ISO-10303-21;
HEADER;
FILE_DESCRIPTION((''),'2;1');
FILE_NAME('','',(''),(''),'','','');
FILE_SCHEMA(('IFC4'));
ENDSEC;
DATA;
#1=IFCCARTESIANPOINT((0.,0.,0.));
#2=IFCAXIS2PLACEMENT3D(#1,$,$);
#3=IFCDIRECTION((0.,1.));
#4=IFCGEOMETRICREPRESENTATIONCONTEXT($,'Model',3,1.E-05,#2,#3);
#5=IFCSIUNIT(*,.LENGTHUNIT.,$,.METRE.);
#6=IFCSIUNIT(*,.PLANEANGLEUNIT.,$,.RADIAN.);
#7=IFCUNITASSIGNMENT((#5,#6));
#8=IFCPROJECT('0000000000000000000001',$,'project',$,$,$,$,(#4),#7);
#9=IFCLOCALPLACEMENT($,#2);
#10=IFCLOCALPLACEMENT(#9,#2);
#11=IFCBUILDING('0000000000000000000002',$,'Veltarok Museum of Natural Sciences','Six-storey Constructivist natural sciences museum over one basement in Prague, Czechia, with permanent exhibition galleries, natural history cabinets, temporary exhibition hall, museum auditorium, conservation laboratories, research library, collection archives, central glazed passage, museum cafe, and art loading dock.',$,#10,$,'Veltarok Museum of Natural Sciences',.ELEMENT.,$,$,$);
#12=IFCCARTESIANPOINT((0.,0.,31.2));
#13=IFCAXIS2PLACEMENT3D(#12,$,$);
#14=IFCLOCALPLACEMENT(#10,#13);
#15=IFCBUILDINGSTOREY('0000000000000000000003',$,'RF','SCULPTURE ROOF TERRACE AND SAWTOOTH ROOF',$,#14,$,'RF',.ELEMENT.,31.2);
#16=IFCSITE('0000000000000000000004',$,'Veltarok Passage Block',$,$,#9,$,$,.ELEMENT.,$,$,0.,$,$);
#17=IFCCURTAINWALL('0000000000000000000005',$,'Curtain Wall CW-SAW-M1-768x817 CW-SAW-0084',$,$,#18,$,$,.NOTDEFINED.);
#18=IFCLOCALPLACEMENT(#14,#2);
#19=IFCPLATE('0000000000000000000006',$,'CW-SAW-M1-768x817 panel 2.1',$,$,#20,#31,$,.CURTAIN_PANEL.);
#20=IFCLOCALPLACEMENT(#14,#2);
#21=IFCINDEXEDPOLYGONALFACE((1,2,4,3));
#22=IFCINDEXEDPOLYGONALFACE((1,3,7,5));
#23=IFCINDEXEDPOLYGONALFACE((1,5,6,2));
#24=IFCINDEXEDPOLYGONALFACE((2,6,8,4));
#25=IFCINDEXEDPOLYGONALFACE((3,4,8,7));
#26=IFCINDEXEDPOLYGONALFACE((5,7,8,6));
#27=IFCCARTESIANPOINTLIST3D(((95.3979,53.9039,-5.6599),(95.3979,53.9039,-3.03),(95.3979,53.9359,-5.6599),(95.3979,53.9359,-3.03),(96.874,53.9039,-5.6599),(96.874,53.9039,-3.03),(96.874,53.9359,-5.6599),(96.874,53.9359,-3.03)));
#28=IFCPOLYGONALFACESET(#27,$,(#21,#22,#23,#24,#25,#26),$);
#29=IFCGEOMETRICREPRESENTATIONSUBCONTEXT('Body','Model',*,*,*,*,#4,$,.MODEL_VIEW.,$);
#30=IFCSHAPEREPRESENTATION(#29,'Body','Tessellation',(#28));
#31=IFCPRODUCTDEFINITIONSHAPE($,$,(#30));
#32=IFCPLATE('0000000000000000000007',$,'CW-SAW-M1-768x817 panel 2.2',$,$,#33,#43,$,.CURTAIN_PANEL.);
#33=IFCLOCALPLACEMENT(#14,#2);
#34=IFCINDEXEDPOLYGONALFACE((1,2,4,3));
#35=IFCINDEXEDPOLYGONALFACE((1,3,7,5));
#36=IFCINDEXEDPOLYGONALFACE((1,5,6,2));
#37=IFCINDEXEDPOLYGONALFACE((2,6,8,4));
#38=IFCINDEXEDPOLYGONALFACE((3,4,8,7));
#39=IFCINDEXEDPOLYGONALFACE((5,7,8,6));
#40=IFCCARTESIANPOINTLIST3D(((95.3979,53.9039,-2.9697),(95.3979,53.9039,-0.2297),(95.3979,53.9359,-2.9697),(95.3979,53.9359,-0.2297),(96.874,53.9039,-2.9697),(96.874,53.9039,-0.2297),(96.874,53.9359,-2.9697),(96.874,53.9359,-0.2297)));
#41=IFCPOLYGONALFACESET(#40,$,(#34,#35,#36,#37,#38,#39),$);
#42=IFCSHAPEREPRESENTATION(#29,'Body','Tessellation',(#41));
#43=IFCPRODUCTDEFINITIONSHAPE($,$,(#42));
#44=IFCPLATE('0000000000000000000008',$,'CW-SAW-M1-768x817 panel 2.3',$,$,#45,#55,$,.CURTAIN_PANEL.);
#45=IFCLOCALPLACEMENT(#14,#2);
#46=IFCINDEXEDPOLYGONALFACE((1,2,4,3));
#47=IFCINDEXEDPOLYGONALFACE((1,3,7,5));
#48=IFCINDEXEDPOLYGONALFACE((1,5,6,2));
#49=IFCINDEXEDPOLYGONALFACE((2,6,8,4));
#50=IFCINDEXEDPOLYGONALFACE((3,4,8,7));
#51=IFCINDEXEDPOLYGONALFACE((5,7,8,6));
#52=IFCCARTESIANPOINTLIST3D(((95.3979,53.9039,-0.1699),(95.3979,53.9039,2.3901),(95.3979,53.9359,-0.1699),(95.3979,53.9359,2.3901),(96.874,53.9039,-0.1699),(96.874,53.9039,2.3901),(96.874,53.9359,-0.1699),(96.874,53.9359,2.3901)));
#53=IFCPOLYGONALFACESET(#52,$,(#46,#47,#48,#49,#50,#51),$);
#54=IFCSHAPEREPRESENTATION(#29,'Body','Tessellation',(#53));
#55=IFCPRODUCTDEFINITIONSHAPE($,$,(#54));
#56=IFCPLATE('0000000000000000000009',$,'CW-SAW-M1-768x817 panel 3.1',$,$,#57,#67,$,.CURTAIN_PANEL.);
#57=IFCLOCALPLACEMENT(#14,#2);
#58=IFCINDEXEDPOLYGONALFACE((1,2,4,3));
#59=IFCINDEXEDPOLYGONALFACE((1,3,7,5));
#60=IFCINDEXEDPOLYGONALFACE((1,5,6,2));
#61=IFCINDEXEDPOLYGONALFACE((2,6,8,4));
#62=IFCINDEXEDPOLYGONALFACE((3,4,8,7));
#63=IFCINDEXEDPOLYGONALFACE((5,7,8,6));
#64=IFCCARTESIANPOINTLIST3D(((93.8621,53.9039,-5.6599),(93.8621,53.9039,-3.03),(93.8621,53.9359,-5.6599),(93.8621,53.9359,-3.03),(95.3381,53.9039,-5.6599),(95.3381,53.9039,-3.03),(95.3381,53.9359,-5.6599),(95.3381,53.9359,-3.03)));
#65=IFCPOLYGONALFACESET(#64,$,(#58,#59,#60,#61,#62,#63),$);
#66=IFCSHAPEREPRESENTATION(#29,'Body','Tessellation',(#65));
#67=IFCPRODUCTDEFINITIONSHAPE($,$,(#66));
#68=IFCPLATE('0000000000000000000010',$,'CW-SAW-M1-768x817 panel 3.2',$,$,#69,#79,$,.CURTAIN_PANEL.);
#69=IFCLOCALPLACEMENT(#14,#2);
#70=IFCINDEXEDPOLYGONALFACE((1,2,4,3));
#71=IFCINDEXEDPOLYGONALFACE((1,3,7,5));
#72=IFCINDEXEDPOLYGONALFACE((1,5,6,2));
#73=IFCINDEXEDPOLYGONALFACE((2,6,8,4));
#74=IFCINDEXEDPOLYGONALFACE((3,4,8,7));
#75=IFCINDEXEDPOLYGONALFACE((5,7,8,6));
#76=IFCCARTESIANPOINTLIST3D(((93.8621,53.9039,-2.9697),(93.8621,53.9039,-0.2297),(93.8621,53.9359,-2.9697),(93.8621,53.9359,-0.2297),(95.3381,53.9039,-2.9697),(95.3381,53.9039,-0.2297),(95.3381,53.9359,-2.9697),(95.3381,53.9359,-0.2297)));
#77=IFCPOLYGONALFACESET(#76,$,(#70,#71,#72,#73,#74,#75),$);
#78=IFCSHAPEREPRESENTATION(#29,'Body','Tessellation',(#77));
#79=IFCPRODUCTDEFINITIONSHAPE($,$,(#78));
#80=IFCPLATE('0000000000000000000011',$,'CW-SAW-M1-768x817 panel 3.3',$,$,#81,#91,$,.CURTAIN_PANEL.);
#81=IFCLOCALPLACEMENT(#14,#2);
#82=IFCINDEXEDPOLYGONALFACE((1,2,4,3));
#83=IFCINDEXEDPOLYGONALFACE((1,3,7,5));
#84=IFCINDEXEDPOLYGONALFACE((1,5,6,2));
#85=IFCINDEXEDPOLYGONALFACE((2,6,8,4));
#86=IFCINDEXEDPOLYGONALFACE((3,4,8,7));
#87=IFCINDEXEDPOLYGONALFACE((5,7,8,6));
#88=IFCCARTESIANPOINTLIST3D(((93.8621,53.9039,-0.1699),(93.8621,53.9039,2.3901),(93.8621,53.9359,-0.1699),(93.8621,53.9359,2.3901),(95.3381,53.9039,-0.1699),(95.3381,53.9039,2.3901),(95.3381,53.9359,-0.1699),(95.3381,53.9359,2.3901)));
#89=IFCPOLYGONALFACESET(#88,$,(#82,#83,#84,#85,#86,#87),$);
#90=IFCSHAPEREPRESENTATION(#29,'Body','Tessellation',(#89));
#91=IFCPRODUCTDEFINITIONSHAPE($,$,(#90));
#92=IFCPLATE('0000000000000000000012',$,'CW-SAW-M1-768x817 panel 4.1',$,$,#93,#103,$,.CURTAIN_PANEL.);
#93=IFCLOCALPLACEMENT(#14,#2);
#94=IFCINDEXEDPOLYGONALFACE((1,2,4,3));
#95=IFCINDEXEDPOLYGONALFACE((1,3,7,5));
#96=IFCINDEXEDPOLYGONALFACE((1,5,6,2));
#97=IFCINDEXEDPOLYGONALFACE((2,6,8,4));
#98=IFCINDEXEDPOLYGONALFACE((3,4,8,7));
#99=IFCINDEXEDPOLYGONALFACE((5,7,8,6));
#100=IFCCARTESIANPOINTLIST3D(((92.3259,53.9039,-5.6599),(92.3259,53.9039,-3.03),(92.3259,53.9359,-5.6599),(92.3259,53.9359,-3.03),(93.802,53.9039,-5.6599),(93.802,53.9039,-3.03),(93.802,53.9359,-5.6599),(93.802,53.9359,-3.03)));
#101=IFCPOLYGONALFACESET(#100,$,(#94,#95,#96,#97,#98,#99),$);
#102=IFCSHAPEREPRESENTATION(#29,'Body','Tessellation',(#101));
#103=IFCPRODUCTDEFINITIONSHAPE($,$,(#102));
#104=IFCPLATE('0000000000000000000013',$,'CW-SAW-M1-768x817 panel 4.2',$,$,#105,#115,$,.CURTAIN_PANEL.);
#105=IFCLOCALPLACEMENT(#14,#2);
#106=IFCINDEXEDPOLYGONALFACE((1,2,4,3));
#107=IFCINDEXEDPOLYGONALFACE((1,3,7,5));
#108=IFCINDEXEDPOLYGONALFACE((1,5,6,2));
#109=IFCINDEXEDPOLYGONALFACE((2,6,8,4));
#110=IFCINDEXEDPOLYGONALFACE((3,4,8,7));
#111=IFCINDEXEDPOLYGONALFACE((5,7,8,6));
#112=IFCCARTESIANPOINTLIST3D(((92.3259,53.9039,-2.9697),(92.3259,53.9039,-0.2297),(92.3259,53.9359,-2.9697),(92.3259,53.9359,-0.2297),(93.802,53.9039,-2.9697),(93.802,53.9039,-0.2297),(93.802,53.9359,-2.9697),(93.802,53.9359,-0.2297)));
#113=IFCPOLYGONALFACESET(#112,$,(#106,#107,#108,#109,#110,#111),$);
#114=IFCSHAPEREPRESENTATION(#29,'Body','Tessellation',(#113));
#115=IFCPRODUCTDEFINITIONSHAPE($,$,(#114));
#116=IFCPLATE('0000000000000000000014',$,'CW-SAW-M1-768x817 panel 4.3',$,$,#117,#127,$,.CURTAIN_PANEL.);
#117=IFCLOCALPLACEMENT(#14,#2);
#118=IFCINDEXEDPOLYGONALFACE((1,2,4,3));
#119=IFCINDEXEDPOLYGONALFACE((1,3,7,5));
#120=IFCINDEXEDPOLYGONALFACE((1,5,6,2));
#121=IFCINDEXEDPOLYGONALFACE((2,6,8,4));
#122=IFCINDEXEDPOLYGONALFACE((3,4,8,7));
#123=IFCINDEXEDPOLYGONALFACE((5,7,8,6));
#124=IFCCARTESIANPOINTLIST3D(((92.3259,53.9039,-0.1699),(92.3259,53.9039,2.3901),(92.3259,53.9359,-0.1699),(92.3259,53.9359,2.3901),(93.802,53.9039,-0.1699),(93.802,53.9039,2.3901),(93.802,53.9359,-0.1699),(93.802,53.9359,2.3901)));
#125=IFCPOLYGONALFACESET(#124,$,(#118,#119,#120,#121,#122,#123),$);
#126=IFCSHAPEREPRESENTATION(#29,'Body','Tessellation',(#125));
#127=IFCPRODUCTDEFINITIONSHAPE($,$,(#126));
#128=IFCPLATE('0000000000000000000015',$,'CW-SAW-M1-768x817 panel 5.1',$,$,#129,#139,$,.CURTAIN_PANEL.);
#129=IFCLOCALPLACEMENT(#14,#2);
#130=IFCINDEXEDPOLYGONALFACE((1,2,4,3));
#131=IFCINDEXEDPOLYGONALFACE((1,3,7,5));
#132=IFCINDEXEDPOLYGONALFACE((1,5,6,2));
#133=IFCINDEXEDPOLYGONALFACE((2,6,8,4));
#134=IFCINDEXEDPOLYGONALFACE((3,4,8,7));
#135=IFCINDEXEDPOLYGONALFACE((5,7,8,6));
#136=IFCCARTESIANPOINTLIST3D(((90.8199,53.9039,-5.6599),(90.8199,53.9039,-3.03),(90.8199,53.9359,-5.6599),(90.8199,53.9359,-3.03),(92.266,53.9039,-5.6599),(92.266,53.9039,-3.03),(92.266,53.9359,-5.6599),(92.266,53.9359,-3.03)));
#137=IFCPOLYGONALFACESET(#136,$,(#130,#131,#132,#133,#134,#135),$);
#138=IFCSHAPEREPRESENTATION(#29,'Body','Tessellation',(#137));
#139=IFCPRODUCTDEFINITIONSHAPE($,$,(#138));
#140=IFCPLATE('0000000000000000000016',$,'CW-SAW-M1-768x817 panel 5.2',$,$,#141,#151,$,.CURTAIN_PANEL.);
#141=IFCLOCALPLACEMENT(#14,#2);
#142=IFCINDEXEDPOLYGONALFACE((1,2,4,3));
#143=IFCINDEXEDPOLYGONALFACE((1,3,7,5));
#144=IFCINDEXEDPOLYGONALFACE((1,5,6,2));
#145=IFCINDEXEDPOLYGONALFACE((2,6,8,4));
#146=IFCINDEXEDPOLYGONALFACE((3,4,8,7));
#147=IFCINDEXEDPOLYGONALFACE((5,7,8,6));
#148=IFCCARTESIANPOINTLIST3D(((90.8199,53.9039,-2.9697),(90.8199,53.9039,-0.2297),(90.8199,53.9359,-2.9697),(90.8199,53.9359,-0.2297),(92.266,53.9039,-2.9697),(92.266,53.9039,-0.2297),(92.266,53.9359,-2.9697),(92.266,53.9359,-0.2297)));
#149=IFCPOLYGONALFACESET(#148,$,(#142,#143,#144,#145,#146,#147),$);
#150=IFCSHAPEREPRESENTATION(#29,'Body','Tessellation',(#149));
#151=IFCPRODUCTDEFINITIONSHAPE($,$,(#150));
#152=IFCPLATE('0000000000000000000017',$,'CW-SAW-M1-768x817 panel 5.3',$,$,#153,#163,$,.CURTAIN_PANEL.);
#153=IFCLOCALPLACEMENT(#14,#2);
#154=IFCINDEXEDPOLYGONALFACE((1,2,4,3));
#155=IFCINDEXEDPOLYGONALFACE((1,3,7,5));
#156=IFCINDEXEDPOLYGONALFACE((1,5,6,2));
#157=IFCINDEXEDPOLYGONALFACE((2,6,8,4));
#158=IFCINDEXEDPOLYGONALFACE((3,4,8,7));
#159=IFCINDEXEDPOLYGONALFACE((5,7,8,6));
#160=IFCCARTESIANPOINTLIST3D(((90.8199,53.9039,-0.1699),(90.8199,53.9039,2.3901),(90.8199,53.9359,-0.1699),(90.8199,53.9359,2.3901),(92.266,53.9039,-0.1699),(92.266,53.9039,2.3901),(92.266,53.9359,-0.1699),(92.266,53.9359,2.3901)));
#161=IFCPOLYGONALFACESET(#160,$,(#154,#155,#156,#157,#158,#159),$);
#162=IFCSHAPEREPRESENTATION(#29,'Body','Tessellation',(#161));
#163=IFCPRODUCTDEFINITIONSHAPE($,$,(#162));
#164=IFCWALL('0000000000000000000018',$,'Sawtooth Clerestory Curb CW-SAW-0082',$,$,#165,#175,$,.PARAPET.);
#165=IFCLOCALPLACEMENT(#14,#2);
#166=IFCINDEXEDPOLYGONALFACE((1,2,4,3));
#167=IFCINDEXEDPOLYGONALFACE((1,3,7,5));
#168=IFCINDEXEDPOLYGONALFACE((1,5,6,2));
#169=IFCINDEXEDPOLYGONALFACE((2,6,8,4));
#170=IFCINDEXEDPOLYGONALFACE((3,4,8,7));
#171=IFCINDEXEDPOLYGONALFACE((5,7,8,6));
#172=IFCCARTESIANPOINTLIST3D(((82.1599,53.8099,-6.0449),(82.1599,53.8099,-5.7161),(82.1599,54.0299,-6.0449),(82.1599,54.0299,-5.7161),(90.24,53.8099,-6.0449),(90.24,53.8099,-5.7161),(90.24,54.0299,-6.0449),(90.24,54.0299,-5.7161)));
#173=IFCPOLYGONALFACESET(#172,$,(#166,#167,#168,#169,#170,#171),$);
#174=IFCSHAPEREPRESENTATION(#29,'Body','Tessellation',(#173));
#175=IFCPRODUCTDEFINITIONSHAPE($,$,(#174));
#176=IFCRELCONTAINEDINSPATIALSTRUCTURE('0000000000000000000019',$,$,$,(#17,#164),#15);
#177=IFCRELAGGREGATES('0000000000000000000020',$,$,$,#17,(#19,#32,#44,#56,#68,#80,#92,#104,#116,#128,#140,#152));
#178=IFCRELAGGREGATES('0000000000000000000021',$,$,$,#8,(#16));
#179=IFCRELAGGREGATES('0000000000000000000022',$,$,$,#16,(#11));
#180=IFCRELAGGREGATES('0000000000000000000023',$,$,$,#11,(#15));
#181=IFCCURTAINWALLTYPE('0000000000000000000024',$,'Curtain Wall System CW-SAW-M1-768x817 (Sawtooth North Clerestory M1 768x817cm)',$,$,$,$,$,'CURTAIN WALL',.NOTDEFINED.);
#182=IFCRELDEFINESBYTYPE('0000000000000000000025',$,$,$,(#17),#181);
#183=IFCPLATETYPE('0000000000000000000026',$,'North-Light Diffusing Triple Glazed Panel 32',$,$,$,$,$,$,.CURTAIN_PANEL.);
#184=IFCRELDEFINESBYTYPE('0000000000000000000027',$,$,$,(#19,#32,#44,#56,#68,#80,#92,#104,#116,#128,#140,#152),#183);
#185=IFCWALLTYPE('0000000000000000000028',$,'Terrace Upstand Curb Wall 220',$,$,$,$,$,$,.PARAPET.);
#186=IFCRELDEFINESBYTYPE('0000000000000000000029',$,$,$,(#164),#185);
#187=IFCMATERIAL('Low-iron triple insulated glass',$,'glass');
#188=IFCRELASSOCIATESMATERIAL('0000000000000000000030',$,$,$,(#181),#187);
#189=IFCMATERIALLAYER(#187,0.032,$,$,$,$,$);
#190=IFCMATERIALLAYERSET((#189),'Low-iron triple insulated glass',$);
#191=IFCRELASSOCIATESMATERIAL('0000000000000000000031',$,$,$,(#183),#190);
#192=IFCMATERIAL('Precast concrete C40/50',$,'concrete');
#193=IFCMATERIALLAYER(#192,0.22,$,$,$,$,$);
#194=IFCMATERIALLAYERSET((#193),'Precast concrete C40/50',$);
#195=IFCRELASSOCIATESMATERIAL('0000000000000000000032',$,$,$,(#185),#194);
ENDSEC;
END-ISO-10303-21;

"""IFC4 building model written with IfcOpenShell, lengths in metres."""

from ifc_helpers import new_model, si_unit, direction, frame, frame_2d, origin, origin_2d, place, context, subcontext, project, spatial, rectangle, extrude, material, layer, layer_set, type_object, element, aggregate, save


model = new_model("IFC4")

# Units and contexts
model_context = context("Model", 3, precision=1e-05, world=origin(), true_north=direction((0.0, 1.0)))
body_context = subcontext(model_context, "Body", "Model", "MODEL_VIEW")
ifc_project = project(units=[si_unit("LENGTHUNIT", "METRE"), si_unit("PLANEANGLEUNIT", "RADIAN")], contexts=[model_context])

# Site, building, storey
site_placement = place(None, origin())
site = spatial("IfcSite", under=ifc_project, at=site_placement, Name="Veltarok Passage Block", CompositionType="ELEMENT", RefElevation=0.0)
building_placement = place(site_placement, origin())
building = spatial("IfcBuilding", under=site, at=building_placement, Name="Veltarok Museum of Natural Sciences", Description="Six-storey Constructivist natural sciences museum over one basement in Prague, Czechia, with permanent exhibition galleries, natural history cabinets, temporary exhibition hall, museum auditorium, conservation laboratories, research library, collection archives, central glazed passage, museum cafe, and art loading dock.", LongName="Veltarok Museum of Natural Sciences", CompositionType="ELEMENT")
storey_placement = place(building_placement, frame((0.0, 0.0, 31.2)))
storey = spatial("IfcBuildingStorey", under=building, at=storey_placement, Name="RF", Description="SCULPTURE ROOF TERRACE AND SAWTOOTH ROOF", LongName="RF", CompositionType="ELEMENT", Elevation=31.2)

# Shared definitions
ifc_material_1 = material(Name="Low-iron triple insulated glass", Category="glass")
curtain_wall_type = type_object("IfcCurtainWallType", Name="Curtain Wall System CW-SAW-M1-768x817 (Sawtooth North Clerestory M1 768x817cm)", ElementType="CURTAIN WALL", PredefinedType="NOTDEFINED", material=ifc_material_1)

# Curtain wall
curtain_wall_1_placement = place(storey_placement, origin())
curtain_wall_1 = element("IfcCurtainWall", 1, at=curtain_wall_1_placement, inside=storey, type_object=curtain_wall_type, Name="Curtain Wall CW-SAW-M1-768x817 CW-SAW-0084", PredefinedType="NOTDEFINED")

# Plates
ifc_layer_1 = layer(ifc_material_1, 0.032)
ifc_layer_set_1 = layer_set([ifc_layer_1], Name="Low-iron triple insulated glass")
plate_type = type_object("IfcPlateType", Name="North-Light Diffusing Triple Glazed Panel 32", PredefinedType="CURTAIN_PANEL", material=ifc_layer_set_1)
plate_1_placement = place(storey_placement, frame((96.136, 53.9199, -5.6599), z_axis=(0.0, 0.0, 1.0), x_axis=(-1.0, 0.0, 0.0)))
plate_1 = element("IfcPlate", 2, at=plate_1_placement, type_object=plate_type, Name="CW-SAW-M1-768x817 panel 2.1", PredefinedType="CURTAIN_PANEL", context=body_context, shape_type="SweptSolid", body=[
    extrude(rectangle(XDim=1.4761, YDim=0.032, at=origin_2d()), origin(), (0.0, 0.0, 1.0), 2.6299),
])
plate_2_placement = place(storey_placement, frame((96.136, 53.9199, -2.9697), z_axis=(0.0, 0.0, 1.0), x_axis=(-1.0, 0.0, 0.0)))
plate_2 = element("IfcPlate", 3, at=plate_2_placement, type_object=plate_type, Name="CW-SAW-M1-768x817 panel 2.2", PredefinedType="CURTAIN_PANEL", context=body_context, shape_type="SweptSolid", body=[
    extrude(rectangle(XDim=1.4761, YDim=0.032, at=origin_2d()), origin(), (0.0, 0.0, 1.0), 2.74),
])
plate_3_placement = place(storey_placement, frame((96.136, 53.9199, -0.1699), z_axis=(0.0, 0.0, 1.0), x_axis=(-1.0, 0.0, 0.0)))
plate_3 = element("IfcPlate", 4, at=plate_3_placement, type_object=plate_type, Name="CW-SAW-M1-768x817 panel 2.3", PredefinedType="CURTAIN_PANEL", context=body_context, shape_type="SweptSolid", body=[
    extrude(rectangle(XDim=1.4761, YDim=0.032, at=origin_2d()), origin(), (0.0, 0.0, 1.0), 2.5601),
])
plate_4_placement = place(storey_placement, frame((94.6001, 53.9199, -5.6599), z_axis=(0.0, 0.0, 1.0), x_axis=(-1.0, 0.0, 0.0)))
plate_4 = element("IfcPlate", 5, at=plate_4_placement, type_object=plate_type, Name="CW-SAW-M1-768x817 panel 3.1", PredefinedType="CURTAIN_PANEL", context=body_context, shape_type="SweptSolid", body=[
    extrude(rectangle(XDim=1.4761, YDim=0.032, at=origin_2d()), origin(), (0.0, 0.0, 1.0), 2.6299),
])
plate_5_placement = place(storey_placement, frame((94.6001, 53.9199, -2.9697), z_axis=(0.0, 0.0, 1.0), x_axis=(-1.0, 0.0, 0.0)))
plate_5 = element("IfcPlate", 6, at=plate_5_placement, type_object=plate_type, Name="CW-SAW-M1-768x817 panel 3.2", PredefinedType="CURTAIN_PANEL", context=body_context, shape_type="SweptSolid", body=[
    extrude(rectangle(XDim=1.4761, YDim=0.032, at=origin_2d()), origin(), (0.0, 0.0, 1.0), 2.74),
])
plate_6_placement = place(storey_placement, frame((94.6001, 53.9199, -0.1699), z_axis=(0.0, 0.0, 1.0), x_axis=(-1.0, 0.0, 0.0)))
plate_6 = element("IfcPlate", 7, at=plate_6_placement, type_object=plate_type, Name="CW-SAW-M1-768x817 panel 3.3", PredefinedType="CURTAIN_PANEL", context=body_context, shape_type="SweptSolid", body=[
    extrude(rectangle(XDim=1.4761, YDim=0.032, at=origin_2d()), origin(), (0.0, 0.0, 1.0), 2.5601),
])
plate_7_placement = place(storey_placement, frame((93.064, 53.9199, -5.6599), z_axis=(0.0, 0.0, 1.0), x_axis=(-1.0, 0.0, 0.0)))
plate_7 = element("IfcPlate", 8, at=plate_7_placement, type_object=plate_type, Name="CW-SAW-M1-768x817 panel 4.1", PredefinedType="CURTAIN_PANEL", context=body_context, shape_type="SweptSolid", body=[
    extrude(rectangle(XDim=1.4761, YDim=0.032, at=origin_2d()), origin(), (0.0, 0.0, 1.0), 2.6299),
])
plate_8_placement = place(storey_placement, frame((93.064, 53.9199, -2.9697), z_axis=(0.0, 0.0, 1.0), x_axis=(-1.0, 0.0, 0.0)))
plate_8 = element("IfcPlate", 9, at=plate_8_placement, type_object=plate_type, Name="CW-SAW-M1-768x817 panel 4.2", PredefinedType="CURTAIN_PANEL", context=body_context, shape_type="SweptSolid", body=[
    extrude(rectangle(XDim=1.4761, YDim=0.032, at=origin_2d()), origin(), (0.0, 0.0, 1.0), 2.74),
])
plate_9_placement = place(storey_placement, frame((93.064, 53.9199, -0.1699), z_axis=(0.0, 0.0, 1.0), x_axis=(-1.0, 0.0, 0.0)))
plate_9 = element("IfcPlate", 10, at=plate_9_placement, type_object=plate_type, Name="CW-SAW-M1-768x817 panel 4.3", PredefinedType="CURTAIN_PANEL", context=body_context, shape_type="SweptSolid", body=[
    extrude(rectangle(XDim=1.4761, YDim=0.032, at=origin_2d()), origin(), (0.0, 0.0, 1.0), 2.5601),
])
plate_10_placement = place(storey_placement, frame((91.543, 53.9199, -5.6599), z_axis=(0.0, 0.0, 1.0), x_axis=(-1.0, 0.0, 0.0)))
plate_10 = element("IfcPlate", 11, at=plate_10_placement, type_object=plate_type, Name="CW-SAW-M1-768x817 panel 5.1", PredefinedType="CURTAIN_PANEL", context=body_context, shape_type="SweptSolid", body=[
    extrude(rectangle(XDim=1.446, YDim=0.032, at=origin_2d()), origin(), (0.0, 0.0, 1.0), 2.6299),
])
plate_11_placement = place(storey_placement, frame((91.543, 53.9199, -2.9697), z_axis=(0.0, 0.0, 1.0), x_axis=(-1.0, 0.0, 0.0)))
plate_11 = element("IfcPlate", 12, at=plate_11_placement, type_object=plate_type, Name="CW-SAW-M1-768x817 panel 5.2", PredefinedType="CURTAIN_PANEL", context=body_context, shape_type="SweptSolid", body=[
    extrude(rectangle(XDim=1.446, YDim=0.032, at=origin_2d()), origin(), (0.0, 0.0, 1.0), 2.74),
])
plate_12_placement = place(storey_placement, frame((91.543, 53.9199, -0.1699), z_axis=(0.0, 0.0, 1.0), x_axis=(-1.0, 0.0, 0.0)))
plate_12 = element("IfcPlate", 13, at=plate_12_placement, type_object=plate_type, Name="CW-SAW-M1-768x817 panel 5.3", PredefinedType="CURTAIN_PANEL", context=body_context, shape_type="SweptSolid", body=[
    extrude(rectangle(XDim=1.446, YDim=0.032, at=origin_2d()), origin(), (0.0, 0.0, 1.0), 2.5601),
])
aggregate(curtain_wall_1, [plate_1, plate_2, plate_3, plate_4, plate_5, plate_6, plate_7, plate_8, plate_9, plate_10, plate_11, plate_12])

# Wall
ifc_material_2 = material(Name="Precast concrete C40/50", Category="concrete")
ifc_layer_2 = layer(ifc_material_2, 0.22)
ifc_layer_set_2 = layer_set([ifc_layer_2], Name="Precast concrete C40/50")
wall_type = type_object("IfcWallType", Name="Terrace Upstand Curb Wall 220", PredefinedType="PARAPET", material=ifc_layer_set_2)
wall_placement = place(storey_placement, frame((90.24, 53.9199, -6.0449), z_axis=(0.0, 0.0, 1.0), x_axis=(-1.0, 0.0, 0.0)))
element("IfcWall", 14, at=wall_placement, inside=storey, type_object=wall_type, Name="Sawtooth Clerestory Curb CW-SAW-0082", PredefinedType="PARAPET", context=body_context, shape_type="SweptSolid", body=[
    extrude(rectangle(XDim=8.0801, YDim=0.22, at=frame_2d((4.04, 0.0))), origin(), (0.0, 0.0, 1.0), 0.3289),
])

save(model, "model.ifc")
